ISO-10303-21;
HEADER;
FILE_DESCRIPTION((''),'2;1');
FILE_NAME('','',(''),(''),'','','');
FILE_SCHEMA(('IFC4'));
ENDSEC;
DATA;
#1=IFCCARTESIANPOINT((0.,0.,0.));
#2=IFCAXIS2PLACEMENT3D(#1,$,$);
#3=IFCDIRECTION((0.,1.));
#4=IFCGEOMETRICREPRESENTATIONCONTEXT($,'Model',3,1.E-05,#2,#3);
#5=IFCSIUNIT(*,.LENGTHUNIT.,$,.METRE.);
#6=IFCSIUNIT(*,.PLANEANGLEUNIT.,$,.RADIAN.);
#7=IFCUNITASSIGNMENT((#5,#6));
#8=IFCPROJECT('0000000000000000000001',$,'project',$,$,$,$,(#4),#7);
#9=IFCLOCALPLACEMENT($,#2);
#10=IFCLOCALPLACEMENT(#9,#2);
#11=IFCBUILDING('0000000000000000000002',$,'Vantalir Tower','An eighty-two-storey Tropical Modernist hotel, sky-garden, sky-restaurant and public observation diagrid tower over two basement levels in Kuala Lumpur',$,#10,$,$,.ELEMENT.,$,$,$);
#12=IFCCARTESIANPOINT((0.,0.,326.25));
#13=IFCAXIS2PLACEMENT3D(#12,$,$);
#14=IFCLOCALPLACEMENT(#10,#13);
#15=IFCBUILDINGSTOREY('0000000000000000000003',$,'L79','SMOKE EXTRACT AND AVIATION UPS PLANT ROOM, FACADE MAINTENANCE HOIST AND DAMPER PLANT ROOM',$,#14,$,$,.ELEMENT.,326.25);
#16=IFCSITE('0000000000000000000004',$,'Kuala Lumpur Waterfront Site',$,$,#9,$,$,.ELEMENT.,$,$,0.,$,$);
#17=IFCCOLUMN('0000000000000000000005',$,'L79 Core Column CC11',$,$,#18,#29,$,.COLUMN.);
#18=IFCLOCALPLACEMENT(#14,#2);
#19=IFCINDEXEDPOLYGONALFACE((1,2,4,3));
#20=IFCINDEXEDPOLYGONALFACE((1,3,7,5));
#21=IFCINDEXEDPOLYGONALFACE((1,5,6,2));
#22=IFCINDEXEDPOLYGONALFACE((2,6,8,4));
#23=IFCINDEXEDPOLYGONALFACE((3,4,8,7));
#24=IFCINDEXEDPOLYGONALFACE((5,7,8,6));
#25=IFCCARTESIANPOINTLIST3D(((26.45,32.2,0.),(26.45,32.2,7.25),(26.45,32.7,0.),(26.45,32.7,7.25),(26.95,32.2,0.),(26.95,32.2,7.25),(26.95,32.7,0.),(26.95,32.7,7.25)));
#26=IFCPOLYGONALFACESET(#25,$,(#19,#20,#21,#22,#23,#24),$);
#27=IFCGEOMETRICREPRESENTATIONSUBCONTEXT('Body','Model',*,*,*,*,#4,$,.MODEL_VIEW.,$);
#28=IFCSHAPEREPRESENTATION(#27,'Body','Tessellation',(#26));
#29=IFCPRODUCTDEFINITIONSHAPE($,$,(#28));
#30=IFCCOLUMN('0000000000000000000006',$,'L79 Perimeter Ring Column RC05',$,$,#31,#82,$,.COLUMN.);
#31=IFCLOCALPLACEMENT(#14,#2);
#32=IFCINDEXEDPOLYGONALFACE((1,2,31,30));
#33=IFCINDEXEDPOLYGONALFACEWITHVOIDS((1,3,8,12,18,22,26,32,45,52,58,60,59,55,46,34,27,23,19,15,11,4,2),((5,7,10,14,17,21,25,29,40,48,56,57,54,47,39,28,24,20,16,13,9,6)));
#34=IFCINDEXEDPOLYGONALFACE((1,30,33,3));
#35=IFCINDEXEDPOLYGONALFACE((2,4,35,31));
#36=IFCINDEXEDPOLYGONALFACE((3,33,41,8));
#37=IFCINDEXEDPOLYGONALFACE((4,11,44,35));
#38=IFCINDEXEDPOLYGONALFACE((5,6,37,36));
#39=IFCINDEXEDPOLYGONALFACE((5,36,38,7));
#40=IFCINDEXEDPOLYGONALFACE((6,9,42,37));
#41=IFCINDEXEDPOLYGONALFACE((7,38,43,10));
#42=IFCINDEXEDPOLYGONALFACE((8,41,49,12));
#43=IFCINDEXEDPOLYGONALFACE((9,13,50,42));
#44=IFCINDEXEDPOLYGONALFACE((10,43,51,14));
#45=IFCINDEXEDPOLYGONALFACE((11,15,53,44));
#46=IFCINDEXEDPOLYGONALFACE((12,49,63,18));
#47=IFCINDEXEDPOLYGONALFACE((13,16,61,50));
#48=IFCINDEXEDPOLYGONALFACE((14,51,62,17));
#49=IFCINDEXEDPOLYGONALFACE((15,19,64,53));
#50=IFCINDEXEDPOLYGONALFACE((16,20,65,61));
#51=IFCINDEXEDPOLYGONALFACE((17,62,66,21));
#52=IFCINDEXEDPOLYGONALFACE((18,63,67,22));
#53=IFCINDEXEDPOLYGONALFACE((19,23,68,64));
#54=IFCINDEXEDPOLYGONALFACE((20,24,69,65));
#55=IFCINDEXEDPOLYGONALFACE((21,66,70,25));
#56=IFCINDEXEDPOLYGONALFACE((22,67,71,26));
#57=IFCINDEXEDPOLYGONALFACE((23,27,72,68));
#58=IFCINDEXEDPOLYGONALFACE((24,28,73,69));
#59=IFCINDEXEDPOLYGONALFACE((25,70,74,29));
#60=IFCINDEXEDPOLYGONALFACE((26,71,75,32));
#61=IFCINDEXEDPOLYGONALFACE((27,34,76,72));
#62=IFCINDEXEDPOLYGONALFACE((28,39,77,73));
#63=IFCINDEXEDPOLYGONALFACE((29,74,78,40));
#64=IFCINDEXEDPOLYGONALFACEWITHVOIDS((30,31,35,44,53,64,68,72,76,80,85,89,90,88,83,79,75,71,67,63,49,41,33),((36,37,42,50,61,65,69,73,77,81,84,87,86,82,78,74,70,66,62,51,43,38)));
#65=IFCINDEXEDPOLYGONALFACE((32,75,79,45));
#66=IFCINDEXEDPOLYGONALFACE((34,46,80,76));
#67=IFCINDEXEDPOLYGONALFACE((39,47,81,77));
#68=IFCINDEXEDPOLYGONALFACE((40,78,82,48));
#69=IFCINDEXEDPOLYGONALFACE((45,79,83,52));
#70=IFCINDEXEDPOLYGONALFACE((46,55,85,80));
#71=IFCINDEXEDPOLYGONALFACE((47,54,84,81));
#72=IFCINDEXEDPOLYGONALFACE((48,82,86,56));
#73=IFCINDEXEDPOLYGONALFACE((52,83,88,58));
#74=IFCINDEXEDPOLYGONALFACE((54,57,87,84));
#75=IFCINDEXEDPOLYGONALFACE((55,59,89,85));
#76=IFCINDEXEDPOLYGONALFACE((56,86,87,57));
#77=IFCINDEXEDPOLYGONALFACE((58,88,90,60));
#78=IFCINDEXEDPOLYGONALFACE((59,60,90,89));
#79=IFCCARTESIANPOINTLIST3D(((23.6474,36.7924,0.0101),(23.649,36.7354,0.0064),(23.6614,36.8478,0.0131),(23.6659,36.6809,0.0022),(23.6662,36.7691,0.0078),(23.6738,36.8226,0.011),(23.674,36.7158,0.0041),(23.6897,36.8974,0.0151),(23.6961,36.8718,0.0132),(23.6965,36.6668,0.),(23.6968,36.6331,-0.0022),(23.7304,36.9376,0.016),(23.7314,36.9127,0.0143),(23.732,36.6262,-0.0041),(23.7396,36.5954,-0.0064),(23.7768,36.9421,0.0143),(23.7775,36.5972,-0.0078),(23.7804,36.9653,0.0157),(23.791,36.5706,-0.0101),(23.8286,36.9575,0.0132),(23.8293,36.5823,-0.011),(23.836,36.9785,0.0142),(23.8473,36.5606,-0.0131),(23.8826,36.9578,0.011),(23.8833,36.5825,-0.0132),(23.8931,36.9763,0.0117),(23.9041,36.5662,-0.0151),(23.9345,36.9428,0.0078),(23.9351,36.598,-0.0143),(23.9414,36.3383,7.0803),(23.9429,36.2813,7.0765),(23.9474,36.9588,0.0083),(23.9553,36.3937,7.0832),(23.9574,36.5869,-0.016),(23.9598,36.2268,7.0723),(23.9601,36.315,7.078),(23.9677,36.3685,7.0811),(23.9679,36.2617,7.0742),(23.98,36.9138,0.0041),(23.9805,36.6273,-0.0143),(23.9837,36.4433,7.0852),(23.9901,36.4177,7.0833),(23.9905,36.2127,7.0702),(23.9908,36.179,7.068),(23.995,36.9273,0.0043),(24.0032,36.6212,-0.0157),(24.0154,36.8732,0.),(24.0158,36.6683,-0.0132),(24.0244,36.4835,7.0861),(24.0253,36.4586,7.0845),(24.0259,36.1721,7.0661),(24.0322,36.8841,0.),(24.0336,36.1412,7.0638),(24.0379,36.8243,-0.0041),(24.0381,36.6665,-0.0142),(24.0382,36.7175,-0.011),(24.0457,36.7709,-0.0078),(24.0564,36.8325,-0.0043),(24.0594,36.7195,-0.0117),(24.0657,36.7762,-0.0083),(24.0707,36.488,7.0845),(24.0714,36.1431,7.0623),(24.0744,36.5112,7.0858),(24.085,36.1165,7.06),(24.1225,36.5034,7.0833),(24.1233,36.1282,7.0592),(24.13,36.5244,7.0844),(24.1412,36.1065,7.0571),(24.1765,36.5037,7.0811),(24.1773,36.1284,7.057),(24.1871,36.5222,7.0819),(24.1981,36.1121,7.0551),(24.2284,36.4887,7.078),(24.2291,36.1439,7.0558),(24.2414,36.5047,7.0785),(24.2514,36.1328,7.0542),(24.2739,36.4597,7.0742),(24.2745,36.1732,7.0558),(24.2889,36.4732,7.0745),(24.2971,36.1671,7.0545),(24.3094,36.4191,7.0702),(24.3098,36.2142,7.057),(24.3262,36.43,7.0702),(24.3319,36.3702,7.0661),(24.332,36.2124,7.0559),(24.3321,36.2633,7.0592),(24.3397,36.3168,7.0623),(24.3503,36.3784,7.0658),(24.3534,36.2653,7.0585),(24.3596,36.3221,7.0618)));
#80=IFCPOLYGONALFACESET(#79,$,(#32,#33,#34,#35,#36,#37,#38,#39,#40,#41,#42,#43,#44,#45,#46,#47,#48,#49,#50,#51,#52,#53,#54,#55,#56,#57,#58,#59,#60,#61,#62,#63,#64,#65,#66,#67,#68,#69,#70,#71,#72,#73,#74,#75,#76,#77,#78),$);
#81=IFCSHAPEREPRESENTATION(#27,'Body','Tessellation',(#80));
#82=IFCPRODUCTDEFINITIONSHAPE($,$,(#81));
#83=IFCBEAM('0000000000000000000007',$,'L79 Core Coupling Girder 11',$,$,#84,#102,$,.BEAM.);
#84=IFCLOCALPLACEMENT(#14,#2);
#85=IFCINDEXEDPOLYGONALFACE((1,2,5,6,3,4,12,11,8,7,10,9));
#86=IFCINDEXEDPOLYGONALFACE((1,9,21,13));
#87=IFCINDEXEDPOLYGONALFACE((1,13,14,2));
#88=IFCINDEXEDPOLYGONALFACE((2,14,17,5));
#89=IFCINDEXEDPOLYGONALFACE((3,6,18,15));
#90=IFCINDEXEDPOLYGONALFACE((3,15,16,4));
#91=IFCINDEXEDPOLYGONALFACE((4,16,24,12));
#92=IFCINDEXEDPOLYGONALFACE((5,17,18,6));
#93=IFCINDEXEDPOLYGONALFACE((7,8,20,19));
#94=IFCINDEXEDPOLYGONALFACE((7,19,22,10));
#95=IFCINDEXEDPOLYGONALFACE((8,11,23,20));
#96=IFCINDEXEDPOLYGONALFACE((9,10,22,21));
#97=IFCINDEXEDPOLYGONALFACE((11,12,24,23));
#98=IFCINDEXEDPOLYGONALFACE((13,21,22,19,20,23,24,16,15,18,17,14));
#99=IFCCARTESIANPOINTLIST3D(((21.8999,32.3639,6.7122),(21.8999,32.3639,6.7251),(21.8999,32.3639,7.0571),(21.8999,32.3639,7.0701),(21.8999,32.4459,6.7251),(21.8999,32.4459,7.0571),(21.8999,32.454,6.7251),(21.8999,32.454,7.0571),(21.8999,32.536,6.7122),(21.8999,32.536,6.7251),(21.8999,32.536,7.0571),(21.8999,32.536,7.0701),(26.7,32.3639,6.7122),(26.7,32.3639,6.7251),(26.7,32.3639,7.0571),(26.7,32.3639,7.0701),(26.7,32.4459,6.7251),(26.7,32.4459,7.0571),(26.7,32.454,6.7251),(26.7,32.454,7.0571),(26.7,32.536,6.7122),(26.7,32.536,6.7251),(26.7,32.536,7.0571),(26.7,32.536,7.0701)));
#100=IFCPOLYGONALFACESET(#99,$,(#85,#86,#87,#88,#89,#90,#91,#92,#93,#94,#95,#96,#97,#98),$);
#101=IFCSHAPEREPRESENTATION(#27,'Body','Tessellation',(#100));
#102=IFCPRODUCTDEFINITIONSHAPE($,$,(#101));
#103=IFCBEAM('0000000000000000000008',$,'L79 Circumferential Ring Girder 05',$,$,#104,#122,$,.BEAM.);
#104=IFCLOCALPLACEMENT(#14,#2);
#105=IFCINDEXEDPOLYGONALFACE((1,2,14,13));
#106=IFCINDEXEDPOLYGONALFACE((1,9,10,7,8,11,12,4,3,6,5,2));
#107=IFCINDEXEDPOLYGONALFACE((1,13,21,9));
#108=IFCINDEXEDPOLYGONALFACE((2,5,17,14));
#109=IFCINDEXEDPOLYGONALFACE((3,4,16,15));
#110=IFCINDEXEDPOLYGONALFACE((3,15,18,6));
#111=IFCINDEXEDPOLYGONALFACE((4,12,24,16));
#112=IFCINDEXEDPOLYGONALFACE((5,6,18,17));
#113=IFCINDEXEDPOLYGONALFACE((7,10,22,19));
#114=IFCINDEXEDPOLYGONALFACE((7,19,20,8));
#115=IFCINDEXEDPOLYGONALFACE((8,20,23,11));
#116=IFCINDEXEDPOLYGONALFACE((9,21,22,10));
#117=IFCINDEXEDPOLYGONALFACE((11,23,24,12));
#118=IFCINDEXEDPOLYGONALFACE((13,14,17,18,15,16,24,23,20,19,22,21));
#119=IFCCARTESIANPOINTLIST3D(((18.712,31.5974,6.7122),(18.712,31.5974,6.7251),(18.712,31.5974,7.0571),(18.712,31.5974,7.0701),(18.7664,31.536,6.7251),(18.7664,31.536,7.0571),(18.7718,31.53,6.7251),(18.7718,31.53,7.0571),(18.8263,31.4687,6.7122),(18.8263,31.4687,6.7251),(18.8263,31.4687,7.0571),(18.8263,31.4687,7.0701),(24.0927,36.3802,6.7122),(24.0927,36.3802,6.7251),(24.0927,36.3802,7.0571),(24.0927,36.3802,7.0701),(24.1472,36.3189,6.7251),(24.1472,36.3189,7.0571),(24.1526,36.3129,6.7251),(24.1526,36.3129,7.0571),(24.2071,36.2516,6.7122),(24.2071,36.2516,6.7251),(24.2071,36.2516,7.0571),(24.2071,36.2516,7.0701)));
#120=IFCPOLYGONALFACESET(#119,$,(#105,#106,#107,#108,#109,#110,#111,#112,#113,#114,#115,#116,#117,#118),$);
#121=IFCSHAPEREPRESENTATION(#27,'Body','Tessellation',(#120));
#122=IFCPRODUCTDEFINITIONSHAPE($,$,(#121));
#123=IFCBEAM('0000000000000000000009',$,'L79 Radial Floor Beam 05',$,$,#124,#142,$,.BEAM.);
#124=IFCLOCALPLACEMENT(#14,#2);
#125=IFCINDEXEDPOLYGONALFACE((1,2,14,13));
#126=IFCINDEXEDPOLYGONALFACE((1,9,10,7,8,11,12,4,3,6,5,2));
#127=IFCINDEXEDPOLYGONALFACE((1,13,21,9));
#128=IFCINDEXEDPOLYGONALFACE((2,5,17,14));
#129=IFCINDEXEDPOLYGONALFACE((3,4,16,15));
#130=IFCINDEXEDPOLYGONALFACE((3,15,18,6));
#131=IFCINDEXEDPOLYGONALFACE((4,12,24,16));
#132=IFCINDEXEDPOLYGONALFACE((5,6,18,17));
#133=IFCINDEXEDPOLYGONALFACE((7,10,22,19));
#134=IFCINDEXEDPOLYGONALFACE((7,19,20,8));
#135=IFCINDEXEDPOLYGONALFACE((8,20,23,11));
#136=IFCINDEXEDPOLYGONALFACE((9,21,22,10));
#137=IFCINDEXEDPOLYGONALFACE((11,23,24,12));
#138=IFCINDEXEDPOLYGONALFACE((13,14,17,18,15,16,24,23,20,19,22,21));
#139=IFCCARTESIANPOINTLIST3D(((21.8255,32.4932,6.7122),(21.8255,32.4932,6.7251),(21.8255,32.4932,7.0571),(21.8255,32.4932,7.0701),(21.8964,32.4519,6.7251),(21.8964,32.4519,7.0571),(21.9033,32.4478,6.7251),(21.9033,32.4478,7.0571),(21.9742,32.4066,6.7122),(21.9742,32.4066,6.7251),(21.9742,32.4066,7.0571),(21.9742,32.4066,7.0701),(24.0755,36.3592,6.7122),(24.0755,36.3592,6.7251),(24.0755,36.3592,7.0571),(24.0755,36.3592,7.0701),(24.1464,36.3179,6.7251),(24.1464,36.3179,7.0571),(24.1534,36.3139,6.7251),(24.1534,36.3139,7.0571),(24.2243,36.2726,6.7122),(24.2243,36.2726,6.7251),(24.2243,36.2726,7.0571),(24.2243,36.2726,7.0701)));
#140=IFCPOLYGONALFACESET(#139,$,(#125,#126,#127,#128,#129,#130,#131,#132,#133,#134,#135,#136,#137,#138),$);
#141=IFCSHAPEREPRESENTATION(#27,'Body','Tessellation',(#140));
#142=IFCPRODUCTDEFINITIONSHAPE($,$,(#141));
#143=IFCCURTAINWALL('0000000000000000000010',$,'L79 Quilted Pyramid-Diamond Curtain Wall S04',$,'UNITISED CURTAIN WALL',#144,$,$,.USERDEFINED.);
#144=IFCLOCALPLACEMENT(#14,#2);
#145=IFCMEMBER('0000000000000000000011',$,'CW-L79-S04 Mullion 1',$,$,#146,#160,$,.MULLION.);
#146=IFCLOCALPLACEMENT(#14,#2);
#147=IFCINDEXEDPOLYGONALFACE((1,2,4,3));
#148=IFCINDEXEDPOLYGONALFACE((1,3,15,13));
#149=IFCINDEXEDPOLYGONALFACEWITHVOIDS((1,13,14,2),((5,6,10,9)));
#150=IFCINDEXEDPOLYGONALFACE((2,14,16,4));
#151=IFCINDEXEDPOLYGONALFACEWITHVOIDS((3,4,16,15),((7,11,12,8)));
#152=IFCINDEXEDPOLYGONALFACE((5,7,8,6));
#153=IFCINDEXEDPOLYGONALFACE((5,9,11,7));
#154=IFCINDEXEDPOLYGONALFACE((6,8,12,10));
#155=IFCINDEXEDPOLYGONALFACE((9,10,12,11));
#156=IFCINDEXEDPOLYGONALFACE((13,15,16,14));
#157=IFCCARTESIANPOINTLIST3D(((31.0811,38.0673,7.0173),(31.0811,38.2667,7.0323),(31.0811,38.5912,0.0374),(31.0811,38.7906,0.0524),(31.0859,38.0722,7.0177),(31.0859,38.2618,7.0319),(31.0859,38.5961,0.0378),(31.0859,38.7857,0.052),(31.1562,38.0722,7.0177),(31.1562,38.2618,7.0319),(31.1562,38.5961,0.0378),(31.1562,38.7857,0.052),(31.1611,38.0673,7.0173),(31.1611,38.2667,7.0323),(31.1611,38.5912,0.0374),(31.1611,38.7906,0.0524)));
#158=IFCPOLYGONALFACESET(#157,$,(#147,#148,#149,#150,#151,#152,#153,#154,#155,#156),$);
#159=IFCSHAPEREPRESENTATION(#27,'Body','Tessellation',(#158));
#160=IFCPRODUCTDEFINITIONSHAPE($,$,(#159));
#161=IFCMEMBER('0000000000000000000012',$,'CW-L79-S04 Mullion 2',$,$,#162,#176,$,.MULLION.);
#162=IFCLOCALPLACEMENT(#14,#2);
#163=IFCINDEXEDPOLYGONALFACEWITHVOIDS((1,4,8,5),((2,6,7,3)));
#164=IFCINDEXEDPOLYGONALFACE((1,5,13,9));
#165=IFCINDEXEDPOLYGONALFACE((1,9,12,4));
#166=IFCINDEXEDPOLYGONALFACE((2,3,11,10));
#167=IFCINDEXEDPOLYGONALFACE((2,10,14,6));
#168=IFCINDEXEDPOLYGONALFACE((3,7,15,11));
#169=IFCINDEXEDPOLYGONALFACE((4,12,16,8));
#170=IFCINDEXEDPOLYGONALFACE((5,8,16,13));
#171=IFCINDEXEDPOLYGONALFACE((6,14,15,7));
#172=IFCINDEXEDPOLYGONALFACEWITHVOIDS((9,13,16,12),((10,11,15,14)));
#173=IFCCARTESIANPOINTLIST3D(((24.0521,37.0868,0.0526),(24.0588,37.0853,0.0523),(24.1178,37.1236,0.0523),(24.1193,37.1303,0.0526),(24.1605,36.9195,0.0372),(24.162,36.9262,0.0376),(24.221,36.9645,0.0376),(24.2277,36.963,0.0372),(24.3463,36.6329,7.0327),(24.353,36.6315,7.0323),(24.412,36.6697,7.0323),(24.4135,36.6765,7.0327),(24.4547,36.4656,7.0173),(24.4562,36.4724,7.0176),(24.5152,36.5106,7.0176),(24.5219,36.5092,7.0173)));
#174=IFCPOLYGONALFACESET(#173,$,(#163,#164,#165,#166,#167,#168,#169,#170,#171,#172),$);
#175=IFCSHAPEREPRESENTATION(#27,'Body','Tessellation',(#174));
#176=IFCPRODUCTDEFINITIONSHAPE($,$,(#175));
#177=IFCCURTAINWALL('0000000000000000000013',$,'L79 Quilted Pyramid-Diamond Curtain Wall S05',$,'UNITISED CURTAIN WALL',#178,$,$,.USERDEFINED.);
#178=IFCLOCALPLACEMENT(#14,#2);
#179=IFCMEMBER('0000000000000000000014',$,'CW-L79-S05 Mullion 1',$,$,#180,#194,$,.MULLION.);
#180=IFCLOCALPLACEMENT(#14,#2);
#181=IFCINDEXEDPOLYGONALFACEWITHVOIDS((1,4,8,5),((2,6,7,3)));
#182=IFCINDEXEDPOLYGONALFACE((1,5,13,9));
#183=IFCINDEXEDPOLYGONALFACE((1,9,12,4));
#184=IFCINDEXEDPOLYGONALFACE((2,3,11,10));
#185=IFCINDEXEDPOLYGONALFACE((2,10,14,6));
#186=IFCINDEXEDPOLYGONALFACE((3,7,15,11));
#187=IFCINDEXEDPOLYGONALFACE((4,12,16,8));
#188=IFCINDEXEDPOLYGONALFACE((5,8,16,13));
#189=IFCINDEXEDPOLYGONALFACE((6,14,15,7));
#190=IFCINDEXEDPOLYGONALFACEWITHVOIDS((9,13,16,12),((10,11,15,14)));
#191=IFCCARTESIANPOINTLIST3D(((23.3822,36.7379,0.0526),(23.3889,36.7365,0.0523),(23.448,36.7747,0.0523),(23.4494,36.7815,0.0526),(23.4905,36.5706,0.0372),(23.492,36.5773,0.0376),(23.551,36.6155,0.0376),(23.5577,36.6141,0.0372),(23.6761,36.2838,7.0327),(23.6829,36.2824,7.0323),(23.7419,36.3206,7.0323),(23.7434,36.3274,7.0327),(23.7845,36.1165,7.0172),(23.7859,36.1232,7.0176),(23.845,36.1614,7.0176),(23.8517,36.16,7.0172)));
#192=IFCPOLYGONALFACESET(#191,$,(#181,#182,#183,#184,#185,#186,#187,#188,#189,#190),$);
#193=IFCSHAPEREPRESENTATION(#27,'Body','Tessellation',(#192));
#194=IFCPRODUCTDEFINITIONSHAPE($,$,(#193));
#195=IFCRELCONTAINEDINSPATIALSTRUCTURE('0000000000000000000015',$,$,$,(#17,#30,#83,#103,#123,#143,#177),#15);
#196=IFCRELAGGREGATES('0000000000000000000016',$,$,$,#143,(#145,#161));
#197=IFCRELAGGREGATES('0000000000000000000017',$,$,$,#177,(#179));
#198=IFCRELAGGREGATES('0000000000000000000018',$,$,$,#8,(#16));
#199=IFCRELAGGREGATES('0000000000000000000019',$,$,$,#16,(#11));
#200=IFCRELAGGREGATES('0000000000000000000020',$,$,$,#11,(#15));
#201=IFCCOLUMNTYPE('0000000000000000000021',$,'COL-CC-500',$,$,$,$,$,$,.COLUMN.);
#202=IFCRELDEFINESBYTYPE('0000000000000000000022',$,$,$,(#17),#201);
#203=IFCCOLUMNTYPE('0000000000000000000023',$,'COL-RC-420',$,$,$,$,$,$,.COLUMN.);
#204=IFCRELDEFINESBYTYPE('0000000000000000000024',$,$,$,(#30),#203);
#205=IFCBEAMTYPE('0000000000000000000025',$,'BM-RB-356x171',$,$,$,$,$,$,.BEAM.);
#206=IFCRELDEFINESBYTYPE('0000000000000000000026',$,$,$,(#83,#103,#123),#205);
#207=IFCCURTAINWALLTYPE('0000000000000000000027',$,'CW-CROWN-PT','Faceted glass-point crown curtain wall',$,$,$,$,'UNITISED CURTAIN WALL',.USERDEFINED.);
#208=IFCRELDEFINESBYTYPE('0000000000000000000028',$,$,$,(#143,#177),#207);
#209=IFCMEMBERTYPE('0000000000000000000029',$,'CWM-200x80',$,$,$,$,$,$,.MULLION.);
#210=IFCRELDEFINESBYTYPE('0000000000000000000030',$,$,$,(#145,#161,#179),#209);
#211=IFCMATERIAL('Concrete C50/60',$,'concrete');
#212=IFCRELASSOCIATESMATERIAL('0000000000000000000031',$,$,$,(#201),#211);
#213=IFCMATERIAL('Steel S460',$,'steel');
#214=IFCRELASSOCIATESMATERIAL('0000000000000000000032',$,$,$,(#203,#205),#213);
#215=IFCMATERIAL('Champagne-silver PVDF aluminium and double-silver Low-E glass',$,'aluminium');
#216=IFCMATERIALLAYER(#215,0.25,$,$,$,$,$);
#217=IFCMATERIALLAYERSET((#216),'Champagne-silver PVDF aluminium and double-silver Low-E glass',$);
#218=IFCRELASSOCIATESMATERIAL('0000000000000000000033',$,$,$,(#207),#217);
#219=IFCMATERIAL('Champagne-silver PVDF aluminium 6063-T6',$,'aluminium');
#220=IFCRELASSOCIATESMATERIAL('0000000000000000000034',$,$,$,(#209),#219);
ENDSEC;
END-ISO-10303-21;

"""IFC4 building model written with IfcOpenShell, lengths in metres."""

from ifc_helpers import new_model, si_unit, direction, frame, origin, origin_2d, place, context, subcontext, project, spatial, rectangle, hollow_rectangle, hollow_circle, i_section, extrude, material, layer, layer_set, material_profile, profile_set, type_object, element, aggregate, save


model = new_model("IFC4")

# Units and contexts
model_context = context("Model", 3, precision=1e-05, world=origin(), true_north=direction((0.0, 1.0)))
body_context = subcontext(model_context, "Body", "Model", "MODEL_VIEW")
ifc_project = project(units=[si_unit("LENGTHUNIT", "METRE"), si_unit("PLANEANGLEUNIT", "RADIAN")], contexts=[model_context])

# Site, building, storey
site_placement = place(None, origin())
site = spatial("IfcSite", under=ifc_project, at=site_placement, Name="Kuala Lumpur Waterfront Site", CompositionType="ELEMENT", RefElevation=0.0)
building_placement = place(site_placement, origin())
building = spatial("IfcBuilding", under=site, at=building_placement, Name="Vantalir Tower", Description="An eighty-two-storey Tropical Modernist hotel, sky-garden, sky-restaurant and public observation diagrid tower over two basement levels in Kuala Lumpur", CompositionType="ELEMENT")
storey_placement = place(building_placement, frame((0.0, 0.0, 326.25)))
storey = spatial("IfcBuildingStorey", under=building, at=storey_placement, Name="L79", Description="SMOKE EXTRACT AND AVIATION UPS PLANT ROOM, FACADE MAINTENANCE HOIST AND DAMPER PLANT ROOM", CompositionType="ELEMENT", Elevation=326.25)

# Columns
ifc_material_1 = material(Name="Concrete C50/60", Category="concrete")
ifc_material_profile_1 = material_profile(ifc_material_1, rectangle(XDim=0.5, YDim=0.5, at=origin_2d()), Name="Concrete C50/60")
ifc_profile_set_1 = profile_set([ifc_material_profile_1], Name="Concrete C50/60")
column_type_1 = type_object("IfcColumnType", Name="COL-CC-500", PredefinedType="COLUMN", material=ifc_profile_set_1)
column_1_placement = place(storey_placement, frame((26.7, 32.45, 0.0), z_axis=(0.0, 0.0, 1.0), x_axis=(1.0, 0.0, 0.0)))
element("IfcColumn", 1, at=column_1_placement, inside=storey, type_object=column_type_1, Name="L79 Core Column CC11", PredefinedType="COLUMN", context=body_context, shape_type="SweptSolid", body=[
    extrude(rectangle(XDim=0.5, YDim=0.5, at=origin_2d()), origin(), (0.0, 0.0, 1.0), 7.25),
])
ifc_material_2 = material(Name="Steel S460", Category="steel")
ifc_material_profile_2 = material_profile(ifc_material_2, hollow_circle(Radius=0.21, WallThickness=0.02, at=origin_2d()), Name="Steel S460")
ifc_profile_set_2 = profile_set([ifc_material_profile_2], Name="Steel S460")
column_type_2 = type_object("IfcColumnType", Name="COL-RC-420", PredefinedType="COLUMN", material=ifc_profile_set_2)
column_2_placement = place(storey_placement, frame((23.856, 36.77, 0.0), z_axis=(0.041455, -0.064042, 0.997086), x_axis=(0.839473, 0.543401, 0.0)))
element("IfcColumn", 2, at=column_2_placement, inside=storey, type_object=column_type_2, Name="L79 Perimeter Ring Column RC05", PredefinedType="COLUMN", context=body_context, shape_type="SweptSolid", body=[
    extrude(hollow_circle(Radius=0.21, WallThickness=0.02, at=origin_2d()), origin(), (0.0, 0.0, 1.0), 7.0908),
])

# Beams
ifc_material_profile_3 = material_profile(ifc_material_2, i_section(OverallWidth=0.1721, OverallDepth=0.3579, WebThickness=0.0081, FlangeThickness=0.0129, at=origin_2d()), Name="Steel S460")
ifc_profile_set_3 = profile_set([ifc_material_profile_3], Name="Steel S460")
beam_type = type_object("IfcBeamType", Name="BM-RB-356x171", PredefinedType="BEAM", material=ifc_profile_set_3)
beam_1_placement = place(storey_placement, frame((26.7, 32.45, 6.8911), z_axis=(-1.0, 0.0, 0.0), x_axis=(0.0, -1.0, 0.0)))
element("IfcBeam", 3, at=beam_1_placement, inside=storey, type_object=beam_type, Name="L79 Core Coupling Girder 11", PredefinedType="BEAM", context=body_context, shape_type="SweptSolid", body=[
    extrude(i_section(OverallWidth=0.1721, OverallDepth=0.3579, WebThickness=0.0081, FlangeThickness=0.0129, at=origin_2d()), origin(), (0.0, 0.0, 1.0), 4.8),
])
beam_2_placement = place(storey_placement, frame((24.1499, 36.3159, 6.8911), z_axis=(-0.747411, -0.664362, 0.0), x_axis=(0.664362, -0.747411, 0.0)))
element("IfcBeam", 4, at=beam_2_placement, inside=storey, type_object=beam_type, Name="L79 Circumferential Ring Girder 05", PredefinedType="BEAM", context=body_context, shape_type="SweptSolid", body=[
    extrude(i_section(OverallWidth=0.1721, OverallDepth=0.3579, WebThickness=0.0081, FlangeThickness=0.0129, at=origin_2d()), origin(), (0.0, 0.0, 1.0), 7.1992),
])
beam_3_placement = place(storey_placement, frame((24.1499, 36.3159, 6.8911), z_axis=(-0.503012, -0.864279, 0.0), x_axis=(0.864279, -0.503012, 0.0)))
element("IfcBeam", 5, at=beam_3_placement, inside=storey, type_object=beam_type, Name="L79 Radial Floor Beam 05", PredefinedType="BEAM", context=body_context, shape_type="SweptSolid", body=[
    extrude(i_section(OverallWidth=0.1721, OverallDepth=0.3579, WebThickness=0.0081, FlangeThickness=0.0129, at=origin_2d()), origin(), (0.0, 0.0, 1.0), 4.4731),
])

# Curtain walls, members
ifc_material_3 = material(Name="Champagne-silver PVDF aluminium and double-silver Low-E glass", Category="aluminium")
ifc_layer_1 = layer(ifc_material_3, 0.25)
ifc_layer_set_1 = layer_set([ifc_layer_1], Name="Champagne-silver PVDF aluminium and double-silver Low-E glass")
curtain_wall_type = type_object("IfcCurtainWallType", Name="CW-CROWN-PT", Description="Faceted glass-point crown curtain wall", ElementType="UNITISED CURTAIN WALL", PredefinedType="USERDEFINED", material=ifc_layer_set_1)
curtain_wall_1_placement = place(storey_placement, origin())
curtain_wall_1 = element("IfcCurtainWall", 6, at=curtain_wall_1_placement, inside=storey, type_object=curtain_wall_type, Name="L79 Quilted Pyramid-Diamond Curtain Wall S04", ObjectType="UNITISED CURTAIN WALL", PredefinedType="USERDEFINED")
ifc_material_4 = material(Name="Champagne-silver PVDF aluminium 6063-T6", Category="aluminium")
ifc_material_profile_4 = material_profile(ifc_material_4, hollow_rectangle(XDim=0.0801, YDim=0.2, WallThickness=0.0049, at=origin_2d()), Name="Champagne-silver PVDF aluminium 6063-T6")
ifc_profile_set_4 = profile_set([ifc_material_profile_4], Name="Champagne-silver PVDF aluminium 6063-T6")
member_type_1 = type_object("IfcMemberType", Name="CWM-200x80", PredefinedType="MULLION", material=ifc_profile_set_4)
member_1_placement = place(storey_placement, frame((31.1211, 38.6909, 0.0449), z_axis=(0.0, -0.074851, 0.997195), x_axis=(1.0, 0.0, 0.0)))
member_1 = element("IfcMember", 7, at=member_1_placement, type_object=member_type_1, Name="CW-L79-S04 Mullion 1", PredefinedType="MULLION", context=body_context, shape_type="SweptSolid", body=[
    extrude(hollow_rectangle(XDim=0.0801, YDim=0.2, WallThickness=0.0049, at=origin_2d()), origin(), (0.0, 0.0, 1.0), 6.9995),
])
member_2_placement = place(storey_placement, frame((24.1399, 37.0249, 0.0449), z_axis=(0.042022, -0.064828, 0.997011), x_axis=(0.839134, 0.543925, 0.0)))
member_2 = element("IfcMember", 8, at=member_2_placement, type_object=member_type_1, Name="CW-L79-S04 Mullion 2", PredefinedType="MULLION", context=body_context, shape_type="SweptSolid", body=[
    extrude(hollow_rectangle(XDim=0.0801, YDim=0.2, WallThickness=0.0049, at=origin_2d()), origin(), (0.0, 0.0, 1.0), 7.001),
])
curtain_wall_2_placement = place(storey_placement, origin())
curtain_wall_2 = element("IfcCurtainWall", 9, at=curtain_wall_2_placement, inside=storey, type_object=curtain_wall_type, Name="L79 Quilted Pyramid-Diamond Curtain Wall S05", ObjectType="UNITISED CURTAIN WALL", PredefinedType="USERDEFINED")
member_3_placement = place(storey_placement, frame((23.47, 36.676, 0.0449), z_axis=(0.041987, -0.064863, 0.99701), x_axis=(0.839473, 0.543401, 0.0)))
member_3 = element("IfcMember", 10, at=member_3_placement, type_object=member_type_1, Name="CW-L79-S05 Mullion 1", PredefinedType="MULLION", context=body_context, shape_type="SweptSolid", body=[
    extrude(hollow_rectangle(XDim=0.0801, YDim=0.2, WallThickness=0.0049, at=origin_2d()), origin(), (0.0, 0.0, 1.0), 7.001),
])

aggregate(curtain_wall_1, [member_1, member_2])
aggregate(curtain_wall_2, [member_3])

save(model, "model.ifc")
